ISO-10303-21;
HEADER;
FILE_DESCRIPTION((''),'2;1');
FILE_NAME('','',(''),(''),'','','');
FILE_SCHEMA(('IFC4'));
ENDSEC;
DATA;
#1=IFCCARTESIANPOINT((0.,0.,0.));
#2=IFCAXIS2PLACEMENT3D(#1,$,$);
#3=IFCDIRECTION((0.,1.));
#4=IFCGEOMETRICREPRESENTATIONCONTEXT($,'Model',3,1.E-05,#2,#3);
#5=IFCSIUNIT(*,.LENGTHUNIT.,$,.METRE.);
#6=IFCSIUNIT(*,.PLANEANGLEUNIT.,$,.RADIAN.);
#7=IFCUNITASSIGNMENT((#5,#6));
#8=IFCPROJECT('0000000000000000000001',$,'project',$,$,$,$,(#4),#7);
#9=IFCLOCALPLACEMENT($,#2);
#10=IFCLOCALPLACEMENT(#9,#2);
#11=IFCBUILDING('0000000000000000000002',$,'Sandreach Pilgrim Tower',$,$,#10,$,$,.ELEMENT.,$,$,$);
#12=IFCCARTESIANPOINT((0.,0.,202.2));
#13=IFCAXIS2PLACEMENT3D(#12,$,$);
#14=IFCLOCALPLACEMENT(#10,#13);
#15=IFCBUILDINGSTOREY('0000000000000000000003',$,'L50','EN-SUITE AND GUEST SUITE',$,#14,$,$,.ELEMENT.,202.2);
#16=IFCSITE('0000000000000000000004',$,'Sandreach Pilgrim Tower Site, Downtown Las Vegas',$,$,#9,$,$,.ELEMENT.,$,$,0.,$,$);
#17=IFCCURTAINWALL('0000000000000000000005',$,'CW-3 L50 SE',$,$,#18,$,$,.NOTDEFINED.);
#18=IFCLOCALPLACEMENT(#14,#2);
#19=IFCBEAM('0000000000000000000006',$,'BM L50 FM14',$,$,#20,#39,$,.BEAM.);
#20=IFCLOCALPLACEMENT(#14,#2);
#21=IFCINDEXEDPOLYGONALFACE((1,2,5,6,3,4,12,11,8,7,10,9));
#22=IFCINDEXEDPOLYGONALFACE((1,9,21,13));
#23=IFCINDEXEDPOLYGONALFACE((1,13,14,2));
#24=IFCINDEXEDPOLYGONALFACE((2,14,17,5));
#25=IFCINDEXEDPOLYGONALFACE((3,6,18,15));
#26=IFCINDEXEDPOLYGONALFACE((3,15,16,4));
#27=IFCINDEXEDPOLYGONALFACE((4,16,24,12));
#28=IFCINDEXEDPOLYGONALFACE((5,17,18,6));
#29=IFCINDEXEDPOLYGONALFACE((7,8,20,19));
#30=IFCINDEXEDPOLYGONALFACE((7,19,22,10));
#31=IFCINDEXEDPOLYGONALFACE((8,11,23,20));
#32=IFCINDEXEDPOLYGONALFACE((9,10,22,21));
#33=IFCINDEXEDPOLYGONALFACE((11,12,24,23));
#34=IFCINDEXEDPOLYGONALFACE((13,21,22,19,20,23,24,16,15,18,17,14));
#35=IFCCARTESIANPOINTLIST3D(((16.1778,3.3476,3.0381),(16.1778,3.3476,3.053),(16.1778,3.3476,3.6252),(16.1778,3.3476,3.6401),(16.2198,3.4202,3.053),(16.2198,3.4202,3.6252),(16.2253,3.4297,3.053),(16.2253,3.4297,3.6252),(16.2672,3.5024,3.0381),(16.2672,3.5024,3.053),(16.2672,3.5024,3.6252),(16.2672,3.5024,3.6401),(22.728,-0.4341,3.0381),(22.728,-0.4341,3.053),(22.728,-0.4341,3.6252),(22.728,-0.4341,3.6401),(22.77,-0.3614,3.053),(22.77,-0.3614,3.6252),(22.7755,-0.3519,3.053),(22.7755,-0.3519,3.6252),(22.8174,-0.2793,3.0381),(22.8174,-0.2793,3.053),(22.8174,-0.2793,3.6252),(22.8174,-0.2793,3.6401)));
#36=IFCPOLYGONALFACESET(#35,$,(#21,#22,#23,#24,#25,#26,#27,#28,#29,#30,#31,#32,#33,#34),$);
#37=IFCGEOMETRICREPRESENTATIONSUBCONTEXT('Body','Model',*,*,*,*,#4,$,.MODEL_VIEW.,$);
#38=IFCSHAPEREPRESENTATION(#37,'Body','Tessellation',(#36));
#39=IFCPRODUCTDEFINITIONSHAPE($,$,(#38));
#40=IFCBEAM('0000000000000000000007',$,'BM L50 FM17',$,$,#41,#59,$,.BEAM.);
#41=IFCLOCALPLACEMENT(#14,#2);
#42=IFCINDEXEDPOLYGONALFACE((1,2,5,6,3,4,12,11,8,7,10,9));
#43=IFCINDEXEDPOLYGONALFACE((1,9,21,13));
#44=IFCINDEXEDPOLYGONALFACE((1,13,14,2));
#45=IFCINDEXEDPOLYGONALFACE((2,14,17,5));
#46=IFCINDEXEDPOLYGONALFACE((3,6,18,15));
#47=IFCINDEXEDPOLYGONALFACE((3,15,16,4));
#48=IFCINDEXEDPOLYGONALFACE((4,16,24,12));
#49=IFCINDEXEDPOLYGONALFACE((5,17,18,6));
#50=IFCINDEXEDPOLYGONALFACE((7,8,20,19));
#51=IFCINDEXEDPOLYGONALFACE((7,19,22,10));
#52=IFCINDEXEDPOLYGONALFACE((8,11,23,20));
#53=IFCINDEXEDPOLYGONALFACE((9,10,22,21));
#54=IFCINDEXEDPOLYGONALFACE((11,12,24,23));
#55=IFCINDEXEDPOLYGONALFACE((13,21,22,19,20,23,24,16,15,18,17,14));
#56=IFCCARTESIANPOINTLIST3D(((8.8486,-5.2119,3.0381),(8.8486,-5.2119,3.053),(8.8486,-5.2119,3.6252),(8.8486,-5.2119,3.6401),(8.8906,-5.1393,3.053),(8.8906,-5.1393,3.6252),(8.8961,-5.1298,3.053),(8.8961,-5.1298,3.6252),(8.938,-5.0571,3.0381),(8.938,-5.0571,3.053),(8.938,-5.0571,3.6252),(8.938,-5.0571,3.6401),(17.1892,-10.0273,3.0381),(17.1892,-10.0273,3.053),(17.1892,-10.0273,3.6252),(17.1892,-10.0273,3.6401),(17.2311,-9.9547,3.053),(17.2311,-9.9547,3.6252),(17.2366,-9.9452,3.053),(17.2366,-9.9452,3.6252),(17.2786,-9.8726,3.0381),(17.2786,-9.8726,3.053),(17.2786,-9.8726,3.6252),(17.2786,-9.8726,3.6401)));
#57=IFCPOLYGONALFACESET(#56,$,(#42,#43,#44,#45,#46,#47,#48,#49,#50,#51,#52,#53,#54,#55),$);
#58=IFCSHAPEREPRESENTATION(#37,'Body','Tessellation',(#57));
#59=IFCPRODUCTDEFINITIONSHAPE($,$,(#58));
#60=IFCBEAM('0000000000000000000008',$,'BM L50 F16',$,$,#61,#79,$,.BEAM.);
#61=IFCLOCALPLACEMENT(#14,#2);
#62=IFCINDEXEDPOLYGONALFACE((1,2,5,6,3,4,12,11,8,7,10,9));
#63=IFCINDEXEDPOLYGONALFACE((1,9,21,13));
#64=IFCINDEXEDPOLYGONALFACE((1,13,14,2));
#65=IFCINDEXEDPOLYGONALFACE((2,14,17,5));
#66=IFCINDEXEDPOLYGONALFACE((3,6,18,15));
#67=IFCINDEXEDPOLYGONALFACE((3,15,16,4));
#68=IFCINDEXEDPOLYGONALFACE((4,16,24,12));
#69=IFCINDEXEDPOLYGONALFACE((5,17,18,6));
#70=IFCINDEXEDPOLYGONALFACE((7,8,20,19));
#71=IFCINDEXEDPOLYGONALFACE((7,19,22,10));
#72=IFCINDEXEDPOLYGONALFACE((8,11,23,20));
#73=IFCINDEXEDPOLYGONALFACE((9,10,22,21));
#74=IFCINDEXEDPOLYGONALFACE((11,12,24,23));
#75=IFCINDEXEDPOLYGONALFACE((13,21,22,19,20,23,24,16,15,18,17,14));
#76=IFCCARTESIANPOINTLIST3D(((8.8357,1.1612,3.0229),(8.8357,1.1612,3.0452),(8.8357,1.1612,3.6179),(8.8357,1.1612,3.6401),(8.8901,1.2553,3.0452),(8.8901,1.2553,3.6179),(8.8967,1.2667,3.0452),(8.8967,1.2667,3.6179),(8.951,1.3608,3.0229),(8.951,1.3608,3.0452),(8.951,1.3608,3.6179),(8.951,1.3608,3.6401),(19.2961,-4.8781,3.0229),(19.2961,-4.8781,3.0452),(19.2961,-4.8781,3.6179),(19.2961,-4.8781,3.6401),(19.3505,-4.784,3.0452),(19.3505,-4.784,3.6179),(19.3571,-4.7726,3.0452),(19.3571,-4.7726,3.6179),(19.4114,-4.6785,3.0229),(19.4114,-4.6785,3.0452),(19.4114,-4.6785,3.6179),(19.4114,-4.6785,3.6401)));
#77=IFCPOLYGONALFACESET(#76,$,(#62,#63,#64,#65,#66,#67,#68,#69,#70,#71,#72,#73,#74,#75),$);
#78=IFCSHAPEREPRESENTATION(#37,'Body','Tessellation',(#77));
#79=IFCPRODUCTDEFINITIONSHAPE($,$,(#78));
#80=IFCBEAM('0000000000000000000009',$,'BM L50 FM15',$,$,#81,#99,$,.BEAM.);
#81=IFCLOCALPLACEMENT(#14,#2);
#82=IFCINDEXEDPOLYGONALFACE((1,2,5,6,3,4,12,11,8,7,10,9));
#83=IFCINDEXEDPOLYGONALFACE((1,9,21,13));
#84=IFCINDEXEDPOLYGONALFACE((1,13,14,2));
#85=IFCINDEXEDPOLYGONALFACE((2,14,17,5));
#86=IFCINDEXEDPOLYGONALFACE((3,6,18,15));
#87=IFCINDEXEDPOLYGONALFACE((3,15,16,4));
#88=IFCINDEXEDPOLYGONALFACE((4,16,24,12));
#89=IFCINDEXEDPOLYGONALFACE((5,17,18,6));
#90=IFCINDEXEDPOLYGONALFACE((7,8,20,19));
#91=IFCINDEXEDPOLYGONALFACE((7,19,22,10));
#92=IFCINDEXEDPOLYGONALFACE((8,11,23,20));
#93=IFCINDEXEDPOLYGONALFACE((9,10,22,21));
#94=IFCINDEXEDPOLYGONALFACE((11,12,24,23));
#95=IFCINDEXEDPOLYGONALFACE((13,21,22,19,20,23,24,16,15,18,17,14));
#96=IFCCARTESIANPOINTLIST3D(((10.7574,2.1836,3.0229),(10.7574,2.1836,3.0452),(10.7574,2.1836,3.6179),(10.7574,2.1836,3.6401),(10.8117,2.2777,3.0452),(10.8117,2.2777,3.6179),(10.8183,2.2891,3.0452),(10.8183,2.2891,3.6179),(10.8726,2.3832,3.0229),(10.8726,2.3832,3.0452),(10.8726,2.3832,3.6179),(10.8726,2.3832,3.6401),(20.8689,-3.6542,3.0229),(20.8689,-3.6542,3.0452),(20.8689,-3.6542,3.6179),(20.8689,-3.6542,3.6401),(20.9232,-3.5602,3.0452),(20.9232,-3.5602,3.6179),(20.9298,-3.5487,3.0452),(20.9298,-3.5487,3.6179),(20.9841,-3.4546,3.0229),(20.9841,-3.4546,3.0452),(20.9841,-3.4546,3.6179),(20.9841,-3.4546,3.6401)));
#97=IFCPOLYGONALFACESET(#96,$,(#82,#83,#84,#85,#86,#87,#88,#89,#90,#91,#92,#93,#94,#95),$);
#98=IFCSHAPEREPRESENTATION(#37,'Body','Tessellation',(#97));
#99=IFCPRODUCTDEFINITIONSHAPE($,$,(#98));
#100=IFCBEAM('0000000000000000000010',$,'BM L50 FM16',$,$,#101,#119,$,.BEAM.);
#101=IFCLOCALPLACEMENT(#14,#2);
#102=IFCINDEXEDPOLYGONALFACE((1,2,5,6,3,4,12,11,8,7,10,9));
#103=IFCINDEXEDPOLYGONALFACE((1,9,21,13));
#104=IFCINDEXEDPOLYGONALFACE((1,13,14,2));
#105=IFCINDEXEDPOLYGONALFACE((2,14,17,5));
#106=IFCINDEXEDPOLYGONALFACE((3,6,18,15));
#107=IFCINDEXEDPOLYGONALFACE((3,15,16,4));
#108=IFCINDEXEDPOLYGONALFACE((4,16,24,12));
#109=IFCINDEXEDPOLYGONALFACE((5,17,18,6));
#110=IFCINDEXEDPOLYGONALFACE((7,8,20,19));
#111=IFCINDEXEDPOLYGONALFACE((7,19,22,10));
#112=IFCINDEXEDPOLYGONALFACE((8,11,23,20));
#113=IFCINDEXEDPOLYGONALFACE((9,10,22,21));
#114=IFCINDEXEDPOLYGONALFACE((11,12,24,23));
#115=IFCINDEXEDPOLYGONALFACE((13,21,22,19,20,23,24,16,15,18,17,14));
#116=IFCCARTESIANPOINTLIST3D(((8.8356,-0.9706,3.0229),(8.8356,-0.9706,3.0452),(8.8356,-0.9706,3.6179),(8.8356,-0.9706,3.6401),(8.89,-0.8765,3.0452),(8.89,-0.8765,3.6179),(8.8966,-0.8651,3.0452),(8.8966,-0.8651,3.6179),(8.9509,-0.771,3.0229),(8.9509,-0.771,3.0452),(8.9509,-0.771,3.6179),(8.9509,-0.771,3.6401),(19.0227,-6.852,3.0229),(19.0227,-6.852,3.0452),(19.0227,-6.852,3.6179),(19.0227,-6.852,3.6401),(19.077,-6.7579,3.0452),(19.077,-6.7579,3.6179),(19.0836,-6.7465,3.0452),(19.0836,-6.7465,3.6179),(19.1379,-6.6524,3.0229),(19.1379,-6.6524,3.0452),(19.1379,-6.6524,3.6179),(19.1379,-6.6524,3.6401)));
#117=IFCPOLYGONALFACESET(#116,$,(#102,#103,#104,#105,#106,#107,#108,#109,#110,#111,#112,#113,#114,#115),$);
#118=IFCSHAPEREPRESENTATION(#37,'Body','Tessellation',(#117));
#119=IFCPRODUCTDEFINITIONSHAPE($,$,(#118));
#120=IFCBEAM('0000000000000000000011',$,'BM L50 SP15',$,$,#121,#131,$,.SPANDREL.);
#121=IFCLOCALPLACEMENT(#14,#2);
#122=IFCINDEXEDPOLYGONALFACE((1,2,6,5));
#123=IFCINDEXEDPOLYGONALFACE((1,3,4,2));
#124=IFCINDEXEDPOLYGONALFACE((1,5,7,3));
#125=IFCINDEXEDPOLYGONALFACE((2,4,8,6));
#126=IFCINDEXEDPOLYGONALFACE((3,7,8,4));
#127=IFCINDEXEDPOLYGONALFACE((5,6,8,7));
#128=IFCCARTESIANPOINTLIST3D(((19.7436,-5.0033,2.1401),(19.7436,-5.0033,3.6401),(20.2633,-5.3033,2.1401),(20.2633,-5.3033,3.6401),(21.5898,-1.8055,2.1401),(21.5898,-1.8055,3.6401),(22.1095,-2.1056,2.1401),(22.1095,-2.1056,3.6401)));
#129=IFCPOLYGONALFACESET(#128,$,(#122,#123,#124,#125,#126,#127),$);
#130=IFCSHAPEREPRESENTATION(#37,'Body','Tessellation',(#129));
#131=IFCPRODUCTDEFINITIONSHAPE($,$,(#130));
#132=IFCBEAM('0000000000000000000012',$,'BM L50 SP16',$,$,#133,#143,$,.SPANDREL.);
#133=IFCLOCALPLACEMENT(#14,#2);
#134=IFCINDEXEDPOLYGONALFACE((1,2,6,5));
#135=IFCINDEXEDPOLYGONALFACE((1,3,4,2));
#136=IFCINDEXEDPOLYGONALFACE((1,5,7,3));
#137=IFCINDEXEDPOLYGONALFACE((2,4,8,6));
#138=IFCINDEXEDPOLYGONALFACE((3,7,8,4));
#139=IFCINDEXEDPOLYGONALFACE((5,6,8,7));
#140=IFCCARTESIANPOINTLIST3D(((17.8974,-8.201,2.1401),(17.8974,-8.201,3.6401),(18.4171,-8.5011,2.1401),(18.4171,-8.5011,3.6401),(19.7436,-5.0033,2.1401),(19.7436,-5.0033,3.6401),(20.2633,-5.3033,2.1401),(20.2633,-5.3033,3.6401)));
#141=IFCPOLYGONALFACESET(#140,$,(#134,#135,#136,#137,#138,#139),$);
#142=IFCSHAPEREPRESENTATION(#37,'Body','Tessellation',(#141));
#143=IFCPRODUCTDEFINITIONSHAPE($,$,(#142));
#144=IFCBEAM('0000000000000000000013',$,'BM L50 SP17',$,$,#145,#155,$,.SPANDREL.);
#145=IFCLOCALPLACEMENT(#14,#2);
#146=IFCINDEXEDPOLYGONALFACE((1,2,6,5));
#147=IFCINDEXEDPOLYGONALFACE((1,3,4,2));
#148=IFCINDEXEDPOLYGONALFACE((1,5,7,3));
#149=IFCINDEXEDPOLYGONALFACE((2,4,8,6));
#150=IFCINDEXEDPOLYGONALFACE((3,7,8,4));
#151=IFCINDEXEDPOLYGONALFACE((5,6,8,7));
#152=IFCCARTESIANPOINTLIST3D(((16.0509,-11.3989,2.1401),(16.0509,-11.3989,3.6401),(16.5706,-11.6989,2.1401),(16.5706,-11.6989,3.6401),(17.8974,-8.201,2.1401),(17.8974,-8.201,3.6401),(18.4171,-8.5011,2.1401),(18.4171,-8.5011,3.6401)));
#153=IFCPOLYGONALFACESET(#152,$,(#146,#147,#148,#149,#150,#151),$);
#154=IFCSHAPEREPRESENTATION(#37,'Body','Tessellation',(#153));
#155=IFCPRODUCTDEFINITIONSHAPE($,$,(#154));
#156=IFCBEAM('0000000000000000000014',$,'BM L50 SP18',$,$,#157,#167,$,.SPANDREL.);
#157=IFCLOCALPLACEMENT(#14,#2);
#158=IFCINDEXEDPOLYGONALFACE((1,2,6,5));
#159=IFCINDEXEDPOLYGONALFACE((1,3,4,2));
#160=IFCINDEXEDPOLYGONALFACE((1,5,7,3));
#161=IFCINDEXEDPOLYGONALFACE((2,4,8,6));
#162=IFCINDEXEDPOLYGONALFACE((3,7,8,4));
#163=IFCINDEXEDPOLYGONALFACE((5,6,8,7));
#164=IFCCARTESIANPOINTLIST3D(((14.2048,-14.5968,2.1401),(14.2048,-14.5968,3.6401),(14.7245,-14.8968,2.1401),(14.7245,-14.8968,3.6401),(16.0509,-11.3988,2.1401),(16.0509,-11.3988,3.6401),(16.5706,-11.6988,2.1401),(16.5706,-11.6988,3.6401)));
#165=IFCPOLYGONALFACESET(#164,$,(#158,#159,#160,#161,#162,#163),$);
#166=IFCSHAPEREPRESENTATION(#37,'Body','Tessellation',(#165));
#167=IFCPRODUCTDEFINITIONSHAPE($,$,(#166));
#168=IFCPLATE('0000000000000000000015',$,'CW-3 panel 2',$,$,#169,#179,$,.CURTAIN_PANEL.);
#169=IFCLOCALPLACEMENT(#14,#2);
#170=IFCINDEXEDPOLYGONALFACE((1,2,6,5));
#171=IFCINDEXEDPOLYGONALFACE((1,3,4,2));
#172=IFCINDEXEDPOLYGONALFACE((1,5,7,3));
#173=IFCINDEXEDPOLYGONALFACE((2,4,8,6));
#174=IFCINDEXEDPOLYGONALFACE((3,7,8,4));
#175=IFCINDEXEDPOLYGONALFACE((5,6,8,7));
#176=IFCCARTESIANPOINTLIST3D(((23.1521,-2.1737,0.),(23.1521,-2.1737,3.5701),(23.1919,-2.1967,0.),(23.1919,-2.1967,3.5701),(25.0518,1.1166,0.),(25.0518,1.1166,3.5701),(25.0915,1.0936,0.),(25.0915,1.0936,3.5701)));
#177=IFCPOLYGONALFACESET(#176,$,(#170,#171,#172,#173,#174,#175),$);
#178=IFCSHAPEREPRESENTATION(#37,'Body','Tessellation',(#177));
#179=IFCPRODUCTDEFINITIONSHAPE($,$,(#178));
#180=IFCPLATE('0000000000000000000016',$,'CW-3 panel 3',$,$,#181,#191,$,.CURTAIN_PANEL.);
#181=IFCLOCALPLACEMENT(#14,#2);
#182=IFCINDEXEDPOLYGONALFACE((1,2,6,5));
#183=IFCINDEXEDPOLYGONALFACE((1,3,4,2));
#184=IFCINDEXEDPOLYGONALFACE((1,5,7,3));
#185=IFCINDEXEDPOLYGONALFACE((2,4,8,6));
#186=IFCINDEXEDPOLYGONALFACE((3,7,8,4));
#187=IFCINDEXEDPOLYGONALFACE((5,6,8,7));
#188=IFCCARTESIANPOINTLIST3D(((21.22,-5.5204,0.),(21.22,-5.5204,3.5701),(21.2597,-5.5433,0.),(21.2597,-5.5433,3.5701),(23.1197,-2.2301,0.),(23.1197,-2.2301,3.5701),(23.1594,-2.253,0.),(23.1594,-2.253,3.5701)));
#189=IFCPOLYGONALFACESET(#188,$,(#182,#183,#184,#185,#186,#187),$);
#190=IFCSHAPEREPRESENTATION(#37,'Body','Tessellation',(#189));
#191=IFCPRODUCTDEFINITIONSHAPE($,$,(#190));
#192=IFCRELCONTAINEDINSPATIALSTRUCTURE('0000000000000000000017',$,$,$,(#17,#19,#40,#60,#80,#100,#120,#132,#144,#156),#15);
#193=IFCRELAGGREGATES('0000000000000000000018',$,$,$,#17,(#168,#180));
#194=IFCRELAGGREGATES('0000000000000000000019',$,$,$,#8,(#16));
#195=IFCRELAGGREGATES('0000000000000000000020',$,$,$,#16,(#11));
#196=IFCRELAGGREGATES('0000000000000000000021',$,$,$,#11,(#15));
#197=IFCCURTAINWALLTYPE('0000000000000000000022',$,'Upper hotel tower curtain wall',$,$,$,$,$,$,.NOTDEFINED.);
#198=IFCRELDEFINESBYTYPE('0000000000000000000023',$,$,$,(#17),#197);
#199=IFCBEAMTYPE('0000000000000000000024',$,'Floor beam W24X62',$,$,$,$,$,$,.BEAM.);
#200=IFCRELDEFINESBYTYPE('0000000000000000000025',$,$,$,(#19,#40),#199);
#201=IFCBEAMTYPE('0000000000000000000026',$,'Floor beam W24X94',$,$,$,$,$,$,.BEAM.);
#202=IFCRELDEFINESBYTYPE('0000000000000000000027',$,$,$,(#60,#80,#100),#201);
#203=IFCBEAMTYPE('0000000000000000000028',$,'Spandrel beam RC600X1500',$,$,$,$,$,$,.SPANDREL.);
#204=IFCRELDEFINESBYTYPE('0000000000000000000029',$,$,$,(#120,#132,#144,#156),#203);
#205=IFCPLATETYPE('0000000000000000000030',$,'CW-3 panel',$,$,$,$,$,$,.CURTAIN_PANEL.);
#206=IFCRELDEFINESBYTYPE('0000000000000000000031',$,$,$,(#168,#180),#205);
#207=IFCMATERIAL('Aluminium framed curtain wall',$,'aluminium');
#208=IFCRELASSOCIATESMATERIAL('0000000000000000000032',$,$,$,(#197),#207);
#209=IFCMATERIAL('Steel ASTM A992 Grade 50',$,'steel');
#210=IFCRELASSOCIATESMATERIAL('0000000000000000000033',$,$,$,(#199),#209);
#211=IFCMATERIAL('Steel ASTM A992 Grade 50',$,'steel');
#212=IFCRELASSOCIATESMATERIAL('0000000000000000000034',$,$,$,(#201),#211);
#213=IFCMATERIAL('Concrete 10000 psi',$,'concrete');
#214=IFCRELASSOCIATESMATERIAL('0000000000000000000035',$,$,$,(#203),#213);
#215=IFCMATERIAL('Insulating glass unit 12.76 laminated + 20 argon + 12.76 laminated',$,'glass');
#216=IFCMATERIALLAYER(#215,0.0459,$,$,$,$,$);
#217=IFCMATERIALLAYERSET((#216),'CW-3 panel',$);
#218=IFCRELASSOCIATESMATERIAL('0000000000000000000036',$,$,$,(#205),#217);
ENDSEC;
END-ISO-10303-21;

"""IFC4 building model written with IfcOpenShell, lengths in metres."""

from ifc_helpers import new_model, si_unit, direction, frame, origin, origin_2d, place, context, subcontext, project, spatial, rectangle, i_section, extrude, material, layer, layer_set, material_profile, profile_set, type_object, element, aggregate, save


model = new_model("IFC4")

# Units and contexts
model_context = context("Model", 3, precision=1e-05, world=origin(), true_north=direction((0.0, 1.0)))
body_context = subcontext(model_context, "Body", "Model", "MODEL_VIEW")
ifc_project = project(units=[si_unit("LENGTHUNIT", "METRE"), si_unit("PLANEANGLEUNIT", "RADIAN")], contexts=[model_context])

# Site, building, storey
site_placement = place(None, origin())
site = spatial("IfcSite", under=ifc_project, at=site_placement, Name="Sandreach Pilgrim Tower Site, Downtown Las Vegas", CompositionType="ELEMENT", RefElevation=0.0)
building_placement = place(site_placement, origin())
building = spatial("IfcBuilding", under=site, at=building_placement, Name="Sandreach Pilgrim Tower", CompositionType="ELEMENT")
storey_placement = place(building_placement, frame((0.0, 0.0, 202.2)))
storey = spatial("IfcBuildingStorey", under=building, at=storey_placement, Name="L50", Description="EN-SUITE AND GUEST SUITE", CompositionType="ELEMENT", Elevation=202.2)

# Curtain wall
ifc_material_1 = material(Name="Aluminium framed curtain wall", Category="aluminium")
curtain_wall_type = type_object("IfcCurtainWallType", Name="Upper hotel tower curtain wall", PredefinedType="NOTDEFINED", material=ifc_material_1)
curtain_wall_placement = place(storey_placement, origin())
curtain_wall = element("IfcCurtainWall", 1, at=curtain_wall_placement, inside=storey, type_object=curtain_wall_type, Name="CW-3 L50 SE", PredefinedType="NOTDEFINED")

# Beams
ifc_material_2 = material(Name="Steel ASTM A992 Grade 50", Category="steel")
ifc_material_profile_1 = material_profile(ifc_material_2, i_section(OverallWidth=0.1787, OverallDepth=0.6021, WebThickness=0.011, FlangeThickness=0.0149, at=origin_2d()), Name="W24X62")
ifc_profile_set_1 = profile_set([ifc_material_profile_1], Name="Steel ASTM A992 Grade 50")
beam_type_1 = type_object("IfcBeamType", Name="Floor beam W24X62", PredefinedType="BEAM", material=ifc_profile_set_1)
beam_1_placement = place(storey_placement, frame((22.7727, -0.3567, 3.3391), z_axis=(-0.86603, 0.499993, 0.0), x_axis=(-0.499993, -0.86603, 0.0)))
element("IfcBeam", 2, at=beam_1_placement, inside=storey, type_object=beam_type_1, Name="BM L50 FM14", PredefinedType="BEAM", context=body_context, shape_type="SweptSolid", body=[
    extrude(i_section(OverallWidth=0.1787, OverallDepth=0.6021, WebThickness=0.011, FlangeThickness=0.0149, at=origin_2d()), origin(), (0.0, 0.0, 1.0), 7.5635),
])
beam_2_placement = place(storey_placement, frame((17.2339, -9.95, 3.3391), z_axis=(-0.866026, 0.5, 0.0), x_axis=(-0.5, -0.866026, 0.0)))
element("IfcBeam", 3, at=beam_2_placement, inside=storey, type_object=beam_type_1, Name="BM L50 FM17", PredefinedType="BEAM", context=body_context, shape_type="SweptSolid", body=[
    extrude(i_section(OverallWidth=0.1787, OverallDepth=0.6021, WebThickness=0.011, FlangeThickness=0.0149, at=origin_2d()), origin(), (0.0, 0.0, 1.0), 9.6309),
])
ifc_material_3 = material(Name="Steel ASTM A992 Grade 50", Category="steel")
ifc_material_profile_2 = material_profile(ifc_material_3, i_section(OverallWidth=0.2305, OverallDepth=0.6172, WebThickness=0.0132, FlangeThickness=0.0222, at=origin_2d()), Name="W24X94")
ifc_profile_set_2 = profile_set([ifc_material_profile_2], Name="Steel ASTM A992 Grade 50")
beam_type_2 = type_object("IfcBeamType", Name="Floor beam W24X94", PredefinedType="BEAM", material=ifc_profile_set_2)
beam_3_placement = place(storey_placement, frame((19.3538, -4.7783, 3.3315), z_axis=(-0.866027, 0.499998, 0.0), x_axis=(-0.499998, -0.866027, 0.0)))
element("IfcBeam", 4, at=beam_3_placement, inside=storey, type_object=beam_type_2, Name="BM L50 F16", PredefinedType="BEAM", context=body_context, shape_type="SweptSolid", body=[
    extrude(i_section(OverallWidth=0.2305, OverallDepth=0.6172, WebThickness=0.0132, FlangeThickness=0.0222, at=origin_2d()), origin(), (0.0, 0.0, 1.0), 12.0786),
])
beam_4_placement = place(storey_placement, frame((20.9265, -3.5544, 3.3315), z_axis=(-0.866026, 0.499998, 0.0), x_axis=(-0.499998, -0.866026, 0.0)))
element("IfcBeam", 5, at=beam_4_placement, inside=storey, type_object=beam_type_2, Name="BM L50 FM15", PredefinedType="BEAM", context=body_context, shape_type="SweptSolid", body=[
    extrude(i_section(OverallWidth=0.2305, OverallDepth=0.6172, WebThickness=0.0132, FlangeThickness=0.0222, at=origin_2d()), origin(), (0.0, 0.0, 1.0), 11.6758),
])
beam_5_placement = place(storey_placement, frame((19.0803, -6.7522, 3.3315), z_axis=(-0.86603, 0.499992, 0.0), x_axis=(-0.499992, -0.86603, 0.0)))
element("IfcBeam", 6, at=beam_5_placement, inside=storey, type_object=beam_type_2, Name="BM L50 FM16", PredefinedType="BEAM", context=body_context, shape_type="SweptSolid", body=[
    extrude(i_section(OverallWidth=0.2305, OverallDepth=0.6172, WebThickness=0.0132, FlangeThickness=0.0222, at=origin_2d()), origin(), (0.0, 0.0, 1.0), 11.7629),
])
ifc_material_4 = material(Name="Concrete 10000 psi", Category="concrete")
ifc_material_profile_3 = material_profile(ifc_material_4, rectangle(XDim=0.6001, YDim=1.5, at=origin_2d()), Name="RC600X1500")
ifc_profile_set_3 = profile_set([ifc_material_profile_3], Name="Concrete 10000 psi")
beam_type_3 = type_object("IfcBeamType", Name="Spandrel beam RC600X1500", PredefinedType="SPANDREL", material=ifc_profile_set_3)
for number, where, z_axis, x_axis, name in (
    (7, (21.8496, -1.9556, 2.8901), (-0.499993, -0.866029, 0.0), (0.866029, -0.499993, 0.0), "BM L50 SP15"),
    (8, (20.0034, -5.1533, 2.8901), (-0.499993, -0.866029, 0.0), (0.866029, -0.499993, 0.0), "BM L50 SP16"),
):
    element("IfcBeam", number, at=place(storey_placement, frame(where, z_axis=z_axis, x_axis=x_axis)), inside=storey, type_object=beam_type_3, Name=name, PredefinedType="SPANDREL", context=body_context, shape_type="SweptSolid", body=[
        extrude(rectangle(XDim=0.6001, YDim=1.5, at=origin_2d()), origin(), (0.0, 0.0, 1.0), 3.6924),
    ])
for number, where, z_axis, x_axis, name in (
    (9, (18.1572, -8.3511, 2.8901), (-0.500043, -0.866001, 0.0), (0.866001, -0.500043, 0.0), "BM L50 SP17"),
    (10, (16.3108, -11.5488, 2.8901), (-0.499965, -0.866046, 0.0), (0.866046, -0.499965, 0.0), "BM L50 SP18"),
):
    element("IfcBeam", number, at=place(storey_placement, frame(where, z_axis=z_axis, x_axis=x_axis)), inside=storey, type_object=beam_type_3, Name=name, PredefinedType="SPANDREL", context=body_context, shape_type="SweptSolid", body=[
        extrude(rectangle(XDim=0.6001, YDim=1.5, at=origin_2d()), origin(), (0.0, 0.0, 1.0), 3.6926),
    ])

# Plates
ifc_material_5 = material(Name="Insulating glass unit 12.76 laminated + 20 argon + 12.76 laminated", Category="glass")
ifc_layer_1 = layer(ifc_material_5, 0.0459)
ifc_layer_set_1 = layer_set([ifc_layer_1], Name="CW-3 panel")
plate_type = type_object("IfcPlateType", Name="CW-3 panel", PredefinedType="CURTAIN_PANEL", material=ifc_layer_set_1)
plate_1_placement = place(storey_placement, frame((24.1218, -0.54, 0.0), z_axis=(0.0, 0.0, 1.0), x_axis=(-0.5, -0.866025, 0.0)))
plate_1 = element("IfcPlate", 11, at=plate_1_placement, type_object=plate_type, Name="CW-3 panel 2", PredefinedType="CURTAIN_PANEL", context=body_context, shape_type="SweptSolid", body=[
    extrude(rectangle(XDim=3.7993, YDim=0.0459, at=origin_2d()), origin(), (0.0, 0.0, 1.0), 3.5701),
])
plate_2_placement = place(storey_placement, frame((22.1897, -3.8867, 0.0), z_axis=(0.0, 0.0, 1.0), x_axis=(-0.5, -0.866025, 0.0)))
plate_2 = element("IfcPlate", 12, at=plate_2_placement, type_object=plate_type, Name="CW-3 panel 3", PredefinedType="CURTAIN_PANEL", context=body_context, shape_type="SweptSolid", body=[
    extrude(rectangle(XDim=3.7993, YDim=0.0459, at=origin_2d()), origin(), (0.0, 0.0, 1.0), 3.5701),
])
aggregate(curtain_wall, [plate_1, plate_2])

save(model, "model.ifc")
